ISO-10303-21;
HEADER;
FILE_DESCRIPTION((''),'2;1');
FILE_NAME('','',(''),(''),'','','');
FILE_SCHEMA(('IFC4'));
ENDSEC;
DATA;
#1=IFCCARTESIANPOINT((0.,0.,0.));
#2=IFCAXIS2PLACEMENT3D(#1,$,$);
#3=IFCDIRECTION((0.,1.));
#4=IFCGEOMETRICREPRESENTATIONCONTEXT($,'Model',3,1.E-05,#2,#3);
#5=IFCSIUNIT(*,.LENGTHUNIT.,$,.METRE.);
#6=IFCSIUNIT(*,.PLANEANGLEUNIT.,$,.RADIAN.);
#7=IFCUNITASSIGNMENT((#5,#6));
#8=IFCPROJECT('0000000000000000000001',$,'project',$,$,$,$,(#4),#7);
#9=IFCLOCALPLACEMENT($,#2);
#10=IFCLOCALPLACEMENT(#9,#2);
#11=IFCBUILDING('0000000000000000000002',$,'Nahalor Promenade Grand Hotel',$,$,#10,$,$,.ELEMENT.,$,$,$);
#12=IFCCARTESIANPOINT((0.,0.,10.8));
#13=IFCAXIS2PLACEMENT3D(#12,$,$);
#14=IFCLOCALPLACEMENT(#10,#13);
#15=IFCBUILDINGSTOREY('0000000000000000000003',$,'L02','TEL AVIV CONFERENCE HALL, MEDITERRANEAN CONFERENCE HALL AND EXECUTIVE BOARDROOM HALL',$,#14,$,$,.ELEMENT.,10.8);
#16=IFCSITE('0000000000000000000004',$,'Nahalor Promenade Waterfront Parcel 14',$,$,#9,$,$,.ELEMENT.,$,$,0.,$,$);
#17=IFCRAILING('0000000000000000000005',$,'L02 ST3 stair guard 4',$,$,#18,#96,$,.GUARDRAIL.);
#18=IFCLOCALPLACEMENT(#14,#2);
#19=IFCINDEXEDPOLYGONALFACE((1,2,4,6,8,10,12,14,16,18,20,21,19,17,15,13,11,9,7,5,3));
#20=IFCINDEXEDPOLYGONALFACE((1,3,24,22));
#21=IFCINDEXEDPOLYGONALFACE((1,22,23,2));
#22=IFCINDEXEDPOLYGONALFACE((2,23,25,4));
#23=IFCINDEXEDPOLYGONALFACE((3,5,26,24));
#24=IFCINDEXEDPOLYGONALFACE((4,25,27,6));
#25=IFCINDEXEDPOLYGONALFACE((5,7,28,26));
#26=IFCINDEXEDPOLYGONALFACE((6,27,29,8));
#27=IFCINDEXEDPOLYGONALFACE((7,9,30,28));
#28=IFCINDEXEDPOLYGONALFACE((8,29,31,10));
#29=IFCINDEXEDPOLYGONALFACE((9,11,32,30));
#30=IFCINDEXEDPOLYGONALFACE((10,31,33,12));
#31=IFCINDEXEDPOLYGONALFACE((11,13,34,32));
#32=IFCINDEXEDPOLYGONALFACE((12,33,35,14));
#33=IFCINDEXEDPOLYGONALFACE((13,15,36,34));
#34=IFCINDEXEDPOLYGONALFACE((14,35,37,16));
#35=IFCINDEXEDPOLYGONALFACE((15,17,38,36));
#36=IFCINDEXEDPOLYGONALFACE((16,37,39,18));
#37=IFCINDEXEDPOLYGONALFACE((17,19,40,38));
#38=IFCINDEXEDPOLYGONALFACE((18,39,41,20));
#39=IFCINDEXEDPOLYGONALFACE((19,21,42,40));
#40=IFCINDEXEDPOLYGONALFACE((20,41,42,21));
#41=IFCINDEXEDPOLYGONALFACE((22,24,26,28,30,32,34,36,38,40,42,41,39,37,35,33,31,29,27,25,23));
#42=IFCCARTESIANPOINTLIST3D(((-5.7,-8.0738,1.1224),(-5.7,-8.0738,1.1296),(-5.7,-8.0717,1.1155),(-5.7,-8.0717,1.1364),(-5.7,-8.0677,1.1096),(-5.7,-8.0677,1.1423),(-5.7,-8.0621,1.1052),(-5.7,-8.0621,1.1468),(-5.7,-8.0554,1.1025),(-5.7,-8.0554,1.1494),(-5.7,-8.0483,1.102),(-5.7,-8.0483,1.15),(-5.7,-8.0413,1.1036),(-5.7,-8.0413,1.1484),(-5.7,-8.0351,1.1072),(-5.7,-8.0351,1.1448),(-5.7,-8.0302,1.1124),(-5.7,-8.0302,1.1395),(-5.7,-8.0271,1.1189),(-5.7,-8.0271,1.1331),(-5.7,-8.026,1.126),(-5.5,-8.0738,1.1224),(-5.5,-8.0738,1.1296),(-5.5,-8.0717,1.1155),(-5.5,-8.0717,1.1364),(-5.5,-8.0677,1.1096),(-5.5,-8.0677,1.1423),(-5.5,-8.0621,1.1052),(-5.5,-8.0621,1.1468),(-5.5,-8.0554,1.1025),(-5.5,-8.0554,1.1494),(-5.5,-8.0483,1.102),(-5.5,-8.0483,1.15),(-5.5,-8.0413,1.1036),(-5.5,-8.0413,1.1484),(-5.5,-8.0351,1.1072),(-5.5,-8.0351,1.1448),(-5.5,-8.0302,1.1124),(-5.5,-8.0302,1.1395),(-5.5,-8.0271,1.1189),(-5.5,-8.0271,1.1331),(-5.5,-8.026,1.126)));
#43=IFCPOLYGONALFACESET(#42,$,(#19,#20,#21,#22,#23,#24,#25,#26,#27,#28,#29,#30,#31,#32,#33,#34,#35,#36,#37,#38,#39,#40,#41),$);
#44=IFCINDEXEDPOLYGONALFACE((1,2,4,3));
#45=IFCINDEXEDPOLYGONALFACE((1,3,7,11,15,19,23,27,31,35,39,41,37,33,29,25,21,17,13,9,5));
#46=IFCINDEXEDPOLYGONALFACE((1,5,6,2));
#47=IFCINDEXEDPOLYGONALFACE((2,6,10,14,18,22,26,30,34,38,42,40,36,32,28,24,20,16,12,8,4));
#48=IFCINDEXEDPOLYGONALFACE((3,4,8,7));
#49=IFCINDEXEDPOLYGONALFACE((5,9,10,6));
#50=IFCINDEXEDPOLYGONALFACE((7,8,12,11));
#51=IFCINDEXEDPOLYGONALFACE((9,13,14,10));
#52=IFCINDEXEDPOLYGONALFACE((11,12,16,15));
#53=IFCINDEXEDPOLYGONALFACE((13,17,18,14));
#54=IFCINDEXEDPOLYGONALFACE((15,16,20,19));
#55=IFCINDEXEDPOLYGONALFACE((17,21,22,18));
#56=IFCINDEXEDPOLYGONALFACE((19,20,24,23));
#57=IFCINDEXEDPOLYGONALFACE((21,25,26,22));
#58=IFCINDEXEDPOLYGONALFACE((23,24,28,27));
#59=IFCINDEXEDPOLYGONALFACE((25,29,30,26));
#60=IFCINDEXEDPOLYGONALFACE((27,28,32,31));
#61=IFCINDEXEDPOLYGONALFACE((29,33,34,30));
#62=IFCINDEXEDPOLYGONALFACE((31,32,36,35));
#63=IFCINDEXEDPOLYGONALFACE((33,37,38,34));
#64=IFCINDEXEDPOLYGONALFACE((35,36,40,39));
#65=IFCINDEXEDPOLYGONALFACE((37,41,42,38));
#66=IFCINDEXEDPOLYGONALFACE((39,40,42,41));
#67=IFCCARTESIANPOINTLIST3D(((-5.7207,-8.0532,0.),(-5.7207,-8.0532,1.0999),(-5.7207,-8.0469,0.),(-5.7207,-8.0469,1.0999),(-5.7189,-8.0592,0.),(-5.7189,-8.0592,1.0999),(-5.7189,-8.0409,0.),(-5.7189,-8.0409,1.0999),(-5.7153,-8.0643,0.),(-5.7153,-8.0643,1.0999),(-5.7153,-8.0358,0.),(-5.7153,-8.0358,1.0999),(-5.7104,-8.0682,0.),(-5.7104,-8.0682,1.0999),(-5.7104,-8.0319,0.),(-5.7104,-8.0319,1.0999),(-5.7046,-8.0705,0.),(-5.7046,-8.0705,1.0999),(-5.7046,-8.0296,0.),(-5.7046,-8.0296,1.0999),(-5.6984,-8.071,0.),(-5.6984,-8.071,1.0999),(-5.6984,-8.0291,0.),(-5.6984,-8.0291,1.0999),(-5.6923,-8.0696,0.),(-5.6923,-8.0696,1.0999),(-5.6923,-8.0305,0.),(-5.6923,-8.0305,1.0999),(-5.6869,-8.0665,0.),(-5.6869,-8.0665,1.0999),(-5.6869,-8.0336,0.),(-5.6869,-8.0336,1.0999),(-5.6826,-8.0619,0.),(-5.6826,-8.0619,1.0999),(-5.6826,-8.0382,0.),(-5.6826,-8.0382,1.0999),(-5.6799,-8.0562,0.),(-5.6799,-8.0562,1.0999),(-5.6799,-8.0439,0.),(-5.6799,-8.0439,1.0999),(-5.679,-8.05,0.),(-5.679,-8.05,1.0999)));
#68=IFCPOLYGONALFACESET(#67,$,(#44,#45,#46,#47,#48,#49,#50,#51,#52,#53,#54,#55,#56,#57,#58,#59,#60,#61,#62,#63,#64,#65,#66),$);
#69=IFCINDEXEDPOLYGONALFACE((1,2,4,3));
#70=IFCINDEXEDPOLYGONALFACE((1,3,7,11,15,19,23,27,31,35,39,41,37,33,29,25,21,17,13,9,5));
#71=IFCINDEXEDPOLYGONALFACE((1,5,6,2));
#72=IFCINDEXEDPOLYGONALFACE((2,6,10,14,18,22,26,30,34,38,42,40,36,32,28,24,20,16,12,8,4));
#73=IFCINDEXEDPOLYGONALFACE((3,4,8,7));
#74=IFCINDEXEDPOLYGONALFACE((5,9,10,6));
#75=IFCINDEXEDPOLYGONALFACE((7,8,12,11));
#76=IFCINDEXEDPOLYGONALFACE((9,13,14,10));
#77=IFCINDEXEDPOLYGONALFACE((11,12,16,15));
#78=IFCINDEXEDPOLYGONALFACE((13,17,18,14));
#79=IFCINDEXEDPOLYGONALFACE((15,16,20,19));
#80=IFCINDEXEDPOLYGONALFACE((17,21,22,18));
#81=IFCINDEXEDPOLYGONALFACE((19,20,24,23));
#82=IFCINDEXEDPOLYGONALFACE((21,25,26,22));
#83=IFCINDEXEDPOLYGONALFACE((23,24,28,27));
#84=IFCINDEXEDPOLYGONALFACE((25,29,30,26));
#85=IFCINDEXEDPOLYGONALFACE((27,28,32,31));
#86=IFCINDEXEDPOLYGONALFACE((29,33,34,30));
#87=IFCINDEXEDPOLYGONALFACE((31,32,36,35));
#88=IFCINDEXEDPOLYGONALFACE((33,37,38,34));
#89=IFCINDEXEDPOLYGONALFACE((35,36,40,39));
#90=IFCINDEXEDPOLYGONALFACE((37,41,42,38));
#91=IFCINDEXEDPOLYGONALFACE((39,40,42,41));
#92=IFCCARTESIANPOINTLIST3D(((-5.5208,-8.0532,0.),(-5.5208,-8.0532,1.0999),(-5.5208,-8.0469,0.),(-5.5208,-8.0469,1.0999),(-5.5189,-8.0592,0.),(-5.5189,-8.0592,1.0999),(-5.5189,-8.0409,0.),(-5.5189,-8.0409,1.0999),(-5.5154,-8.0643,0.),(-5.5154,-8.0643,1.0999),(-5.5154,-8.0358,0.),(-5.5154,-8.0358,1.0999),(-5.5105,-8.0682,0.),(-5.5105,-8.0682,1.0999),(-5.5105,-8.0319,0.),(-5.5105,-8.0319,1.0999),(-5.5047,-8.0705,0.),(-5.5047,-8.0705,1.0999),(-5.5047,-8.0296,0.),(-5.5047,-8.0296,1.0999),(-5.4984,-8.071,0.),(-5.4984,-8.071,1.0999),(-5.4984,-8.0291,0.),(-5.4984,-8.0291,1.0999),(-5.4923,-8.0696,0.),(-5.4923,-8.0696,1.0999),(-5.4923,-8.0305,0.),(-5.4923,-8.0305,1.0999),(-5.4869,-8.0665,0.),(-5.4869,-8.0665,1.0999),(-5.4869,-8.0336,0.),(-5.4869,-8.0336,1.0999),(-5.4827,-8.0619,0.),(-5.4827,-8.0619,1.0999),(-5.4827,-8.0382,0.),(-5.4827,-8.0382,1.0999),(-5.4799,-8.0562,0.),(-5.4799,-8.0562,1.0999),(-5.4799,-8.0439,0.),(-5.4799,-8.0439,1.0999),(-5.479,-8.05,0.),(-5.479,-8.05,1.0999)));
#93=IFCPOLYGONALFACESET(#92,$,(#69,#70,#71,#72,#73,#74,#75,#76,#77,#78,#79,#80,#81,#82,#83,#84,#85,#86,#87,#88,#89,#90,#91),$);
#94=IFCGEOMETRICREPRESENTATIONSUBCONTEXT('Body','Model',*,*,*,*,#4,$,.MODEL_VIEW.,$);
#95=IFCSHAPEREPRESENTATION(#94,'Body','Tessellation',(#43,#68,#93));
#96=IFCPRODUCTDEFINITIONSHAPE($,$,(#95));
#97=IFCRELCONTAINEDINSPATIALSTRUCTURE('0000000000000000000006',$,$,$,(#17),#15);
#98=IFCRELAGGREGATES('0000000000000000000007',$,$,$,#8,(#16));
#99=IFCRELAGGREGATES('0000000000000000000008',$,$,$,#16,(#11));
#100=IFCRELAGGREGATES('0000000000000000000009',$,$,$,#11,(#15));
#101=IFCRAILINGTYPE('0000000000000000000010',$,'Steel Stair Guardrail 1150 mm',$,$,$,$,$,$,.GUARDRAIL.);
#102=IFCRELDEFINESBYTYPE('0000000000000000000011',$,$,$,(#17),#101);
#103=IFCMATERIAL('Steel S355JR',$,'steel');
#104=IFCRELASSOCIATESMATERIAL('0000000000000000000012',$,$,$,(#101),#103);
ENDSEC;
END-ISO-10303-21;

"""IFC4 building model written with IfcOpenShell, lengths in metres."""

from ifc_helpers import new_model, si_unit, direction, frame, origin, origin_2d, place, context, subcontext, project, spatial, circle, extrude, material, type_object, element, save


model = new_model("IFC4")

# Units and contexts
model_context = context("Model", 3, precision=1e-05, world=origin(), true_north=direction((0.0, 1.0)))
body_context = subcontext(model_context, "Body", "Model", "MODEL_VIEW")
ifc_project = project(units=[si_unit("LENGTHUNIT", "METRE"), si_unit("PLANEANGLEUNIT", "RADIAN")], contexts=[model_context])

# Site, building, storey
site_placement = place(None, origin())
site = spatial("IfcSite", under=ifc_project, at=site_placement, Name="Nahalor Promenade Waterfront Parcel 14", CompositionType="ELEMENT", RefElevation=0.0)
building_placement = place(site_placement, origin())
building = spatial("IfcBuilding", under=site, at=building_placement, Name="Nahalor Promenade Grand Hotel", CompositionType="ELEMENT")
storey_placement = place(building_placement, frame((0.0, 0.0, 10.8)))
storey = spatial("IfcBuildingStorey", under=building, at=storey_placement, Name="L02", Description="TEL AVIV CONFERENCE HALL, MEDITERRANEAN CONFERENCE HALL AND EXECUTIVE BOARDROOM HALL", CompositionType="ELEMENT", Elevation=10.8)

# Shared definitions
ifc_material_1 = material(Name="Steel S355JR", Category="steel")

# Railing
railing_type_1 = type_object("IfcRailingType", Name="Steel Stair Guardrail 1150 mm", PredefinedType="GUARDRAIL", material=ifc_material_1)
railing_1_placement = place(storey_placement, frame((-5.7, -8.05, 0.0)))
element("IfcRailing", 1, at=railing_1_placement, inside=storey, type_object=railing_type_1, Name="L02 ST3 stair guard 4", PredefinedType="GUARDRAIL", context=body_context, shape_type="SweptSolid", body=[
    extrude(circle(Radius=0.024, at=origin_2d()), frame((0.0, 0.0, 1.126), z_axis=(1.0, 0.0, 0.0), x_axis=(0.0, 1.0, 0.0)), (0.0, 0.0, 1.0), 0.2),
    extrude(circle(Radius=0.021, at=origin_2d()), origin(), (0.0, 0.0, 1.0), 1.0999),
    extrude(circle(Radius=0.021, at=origin_2d()), frame((0.2, 0.0, 0.0)), (0.0, 0.0, 1.0), 1.0999),
])

save(model, "model.ifc")
